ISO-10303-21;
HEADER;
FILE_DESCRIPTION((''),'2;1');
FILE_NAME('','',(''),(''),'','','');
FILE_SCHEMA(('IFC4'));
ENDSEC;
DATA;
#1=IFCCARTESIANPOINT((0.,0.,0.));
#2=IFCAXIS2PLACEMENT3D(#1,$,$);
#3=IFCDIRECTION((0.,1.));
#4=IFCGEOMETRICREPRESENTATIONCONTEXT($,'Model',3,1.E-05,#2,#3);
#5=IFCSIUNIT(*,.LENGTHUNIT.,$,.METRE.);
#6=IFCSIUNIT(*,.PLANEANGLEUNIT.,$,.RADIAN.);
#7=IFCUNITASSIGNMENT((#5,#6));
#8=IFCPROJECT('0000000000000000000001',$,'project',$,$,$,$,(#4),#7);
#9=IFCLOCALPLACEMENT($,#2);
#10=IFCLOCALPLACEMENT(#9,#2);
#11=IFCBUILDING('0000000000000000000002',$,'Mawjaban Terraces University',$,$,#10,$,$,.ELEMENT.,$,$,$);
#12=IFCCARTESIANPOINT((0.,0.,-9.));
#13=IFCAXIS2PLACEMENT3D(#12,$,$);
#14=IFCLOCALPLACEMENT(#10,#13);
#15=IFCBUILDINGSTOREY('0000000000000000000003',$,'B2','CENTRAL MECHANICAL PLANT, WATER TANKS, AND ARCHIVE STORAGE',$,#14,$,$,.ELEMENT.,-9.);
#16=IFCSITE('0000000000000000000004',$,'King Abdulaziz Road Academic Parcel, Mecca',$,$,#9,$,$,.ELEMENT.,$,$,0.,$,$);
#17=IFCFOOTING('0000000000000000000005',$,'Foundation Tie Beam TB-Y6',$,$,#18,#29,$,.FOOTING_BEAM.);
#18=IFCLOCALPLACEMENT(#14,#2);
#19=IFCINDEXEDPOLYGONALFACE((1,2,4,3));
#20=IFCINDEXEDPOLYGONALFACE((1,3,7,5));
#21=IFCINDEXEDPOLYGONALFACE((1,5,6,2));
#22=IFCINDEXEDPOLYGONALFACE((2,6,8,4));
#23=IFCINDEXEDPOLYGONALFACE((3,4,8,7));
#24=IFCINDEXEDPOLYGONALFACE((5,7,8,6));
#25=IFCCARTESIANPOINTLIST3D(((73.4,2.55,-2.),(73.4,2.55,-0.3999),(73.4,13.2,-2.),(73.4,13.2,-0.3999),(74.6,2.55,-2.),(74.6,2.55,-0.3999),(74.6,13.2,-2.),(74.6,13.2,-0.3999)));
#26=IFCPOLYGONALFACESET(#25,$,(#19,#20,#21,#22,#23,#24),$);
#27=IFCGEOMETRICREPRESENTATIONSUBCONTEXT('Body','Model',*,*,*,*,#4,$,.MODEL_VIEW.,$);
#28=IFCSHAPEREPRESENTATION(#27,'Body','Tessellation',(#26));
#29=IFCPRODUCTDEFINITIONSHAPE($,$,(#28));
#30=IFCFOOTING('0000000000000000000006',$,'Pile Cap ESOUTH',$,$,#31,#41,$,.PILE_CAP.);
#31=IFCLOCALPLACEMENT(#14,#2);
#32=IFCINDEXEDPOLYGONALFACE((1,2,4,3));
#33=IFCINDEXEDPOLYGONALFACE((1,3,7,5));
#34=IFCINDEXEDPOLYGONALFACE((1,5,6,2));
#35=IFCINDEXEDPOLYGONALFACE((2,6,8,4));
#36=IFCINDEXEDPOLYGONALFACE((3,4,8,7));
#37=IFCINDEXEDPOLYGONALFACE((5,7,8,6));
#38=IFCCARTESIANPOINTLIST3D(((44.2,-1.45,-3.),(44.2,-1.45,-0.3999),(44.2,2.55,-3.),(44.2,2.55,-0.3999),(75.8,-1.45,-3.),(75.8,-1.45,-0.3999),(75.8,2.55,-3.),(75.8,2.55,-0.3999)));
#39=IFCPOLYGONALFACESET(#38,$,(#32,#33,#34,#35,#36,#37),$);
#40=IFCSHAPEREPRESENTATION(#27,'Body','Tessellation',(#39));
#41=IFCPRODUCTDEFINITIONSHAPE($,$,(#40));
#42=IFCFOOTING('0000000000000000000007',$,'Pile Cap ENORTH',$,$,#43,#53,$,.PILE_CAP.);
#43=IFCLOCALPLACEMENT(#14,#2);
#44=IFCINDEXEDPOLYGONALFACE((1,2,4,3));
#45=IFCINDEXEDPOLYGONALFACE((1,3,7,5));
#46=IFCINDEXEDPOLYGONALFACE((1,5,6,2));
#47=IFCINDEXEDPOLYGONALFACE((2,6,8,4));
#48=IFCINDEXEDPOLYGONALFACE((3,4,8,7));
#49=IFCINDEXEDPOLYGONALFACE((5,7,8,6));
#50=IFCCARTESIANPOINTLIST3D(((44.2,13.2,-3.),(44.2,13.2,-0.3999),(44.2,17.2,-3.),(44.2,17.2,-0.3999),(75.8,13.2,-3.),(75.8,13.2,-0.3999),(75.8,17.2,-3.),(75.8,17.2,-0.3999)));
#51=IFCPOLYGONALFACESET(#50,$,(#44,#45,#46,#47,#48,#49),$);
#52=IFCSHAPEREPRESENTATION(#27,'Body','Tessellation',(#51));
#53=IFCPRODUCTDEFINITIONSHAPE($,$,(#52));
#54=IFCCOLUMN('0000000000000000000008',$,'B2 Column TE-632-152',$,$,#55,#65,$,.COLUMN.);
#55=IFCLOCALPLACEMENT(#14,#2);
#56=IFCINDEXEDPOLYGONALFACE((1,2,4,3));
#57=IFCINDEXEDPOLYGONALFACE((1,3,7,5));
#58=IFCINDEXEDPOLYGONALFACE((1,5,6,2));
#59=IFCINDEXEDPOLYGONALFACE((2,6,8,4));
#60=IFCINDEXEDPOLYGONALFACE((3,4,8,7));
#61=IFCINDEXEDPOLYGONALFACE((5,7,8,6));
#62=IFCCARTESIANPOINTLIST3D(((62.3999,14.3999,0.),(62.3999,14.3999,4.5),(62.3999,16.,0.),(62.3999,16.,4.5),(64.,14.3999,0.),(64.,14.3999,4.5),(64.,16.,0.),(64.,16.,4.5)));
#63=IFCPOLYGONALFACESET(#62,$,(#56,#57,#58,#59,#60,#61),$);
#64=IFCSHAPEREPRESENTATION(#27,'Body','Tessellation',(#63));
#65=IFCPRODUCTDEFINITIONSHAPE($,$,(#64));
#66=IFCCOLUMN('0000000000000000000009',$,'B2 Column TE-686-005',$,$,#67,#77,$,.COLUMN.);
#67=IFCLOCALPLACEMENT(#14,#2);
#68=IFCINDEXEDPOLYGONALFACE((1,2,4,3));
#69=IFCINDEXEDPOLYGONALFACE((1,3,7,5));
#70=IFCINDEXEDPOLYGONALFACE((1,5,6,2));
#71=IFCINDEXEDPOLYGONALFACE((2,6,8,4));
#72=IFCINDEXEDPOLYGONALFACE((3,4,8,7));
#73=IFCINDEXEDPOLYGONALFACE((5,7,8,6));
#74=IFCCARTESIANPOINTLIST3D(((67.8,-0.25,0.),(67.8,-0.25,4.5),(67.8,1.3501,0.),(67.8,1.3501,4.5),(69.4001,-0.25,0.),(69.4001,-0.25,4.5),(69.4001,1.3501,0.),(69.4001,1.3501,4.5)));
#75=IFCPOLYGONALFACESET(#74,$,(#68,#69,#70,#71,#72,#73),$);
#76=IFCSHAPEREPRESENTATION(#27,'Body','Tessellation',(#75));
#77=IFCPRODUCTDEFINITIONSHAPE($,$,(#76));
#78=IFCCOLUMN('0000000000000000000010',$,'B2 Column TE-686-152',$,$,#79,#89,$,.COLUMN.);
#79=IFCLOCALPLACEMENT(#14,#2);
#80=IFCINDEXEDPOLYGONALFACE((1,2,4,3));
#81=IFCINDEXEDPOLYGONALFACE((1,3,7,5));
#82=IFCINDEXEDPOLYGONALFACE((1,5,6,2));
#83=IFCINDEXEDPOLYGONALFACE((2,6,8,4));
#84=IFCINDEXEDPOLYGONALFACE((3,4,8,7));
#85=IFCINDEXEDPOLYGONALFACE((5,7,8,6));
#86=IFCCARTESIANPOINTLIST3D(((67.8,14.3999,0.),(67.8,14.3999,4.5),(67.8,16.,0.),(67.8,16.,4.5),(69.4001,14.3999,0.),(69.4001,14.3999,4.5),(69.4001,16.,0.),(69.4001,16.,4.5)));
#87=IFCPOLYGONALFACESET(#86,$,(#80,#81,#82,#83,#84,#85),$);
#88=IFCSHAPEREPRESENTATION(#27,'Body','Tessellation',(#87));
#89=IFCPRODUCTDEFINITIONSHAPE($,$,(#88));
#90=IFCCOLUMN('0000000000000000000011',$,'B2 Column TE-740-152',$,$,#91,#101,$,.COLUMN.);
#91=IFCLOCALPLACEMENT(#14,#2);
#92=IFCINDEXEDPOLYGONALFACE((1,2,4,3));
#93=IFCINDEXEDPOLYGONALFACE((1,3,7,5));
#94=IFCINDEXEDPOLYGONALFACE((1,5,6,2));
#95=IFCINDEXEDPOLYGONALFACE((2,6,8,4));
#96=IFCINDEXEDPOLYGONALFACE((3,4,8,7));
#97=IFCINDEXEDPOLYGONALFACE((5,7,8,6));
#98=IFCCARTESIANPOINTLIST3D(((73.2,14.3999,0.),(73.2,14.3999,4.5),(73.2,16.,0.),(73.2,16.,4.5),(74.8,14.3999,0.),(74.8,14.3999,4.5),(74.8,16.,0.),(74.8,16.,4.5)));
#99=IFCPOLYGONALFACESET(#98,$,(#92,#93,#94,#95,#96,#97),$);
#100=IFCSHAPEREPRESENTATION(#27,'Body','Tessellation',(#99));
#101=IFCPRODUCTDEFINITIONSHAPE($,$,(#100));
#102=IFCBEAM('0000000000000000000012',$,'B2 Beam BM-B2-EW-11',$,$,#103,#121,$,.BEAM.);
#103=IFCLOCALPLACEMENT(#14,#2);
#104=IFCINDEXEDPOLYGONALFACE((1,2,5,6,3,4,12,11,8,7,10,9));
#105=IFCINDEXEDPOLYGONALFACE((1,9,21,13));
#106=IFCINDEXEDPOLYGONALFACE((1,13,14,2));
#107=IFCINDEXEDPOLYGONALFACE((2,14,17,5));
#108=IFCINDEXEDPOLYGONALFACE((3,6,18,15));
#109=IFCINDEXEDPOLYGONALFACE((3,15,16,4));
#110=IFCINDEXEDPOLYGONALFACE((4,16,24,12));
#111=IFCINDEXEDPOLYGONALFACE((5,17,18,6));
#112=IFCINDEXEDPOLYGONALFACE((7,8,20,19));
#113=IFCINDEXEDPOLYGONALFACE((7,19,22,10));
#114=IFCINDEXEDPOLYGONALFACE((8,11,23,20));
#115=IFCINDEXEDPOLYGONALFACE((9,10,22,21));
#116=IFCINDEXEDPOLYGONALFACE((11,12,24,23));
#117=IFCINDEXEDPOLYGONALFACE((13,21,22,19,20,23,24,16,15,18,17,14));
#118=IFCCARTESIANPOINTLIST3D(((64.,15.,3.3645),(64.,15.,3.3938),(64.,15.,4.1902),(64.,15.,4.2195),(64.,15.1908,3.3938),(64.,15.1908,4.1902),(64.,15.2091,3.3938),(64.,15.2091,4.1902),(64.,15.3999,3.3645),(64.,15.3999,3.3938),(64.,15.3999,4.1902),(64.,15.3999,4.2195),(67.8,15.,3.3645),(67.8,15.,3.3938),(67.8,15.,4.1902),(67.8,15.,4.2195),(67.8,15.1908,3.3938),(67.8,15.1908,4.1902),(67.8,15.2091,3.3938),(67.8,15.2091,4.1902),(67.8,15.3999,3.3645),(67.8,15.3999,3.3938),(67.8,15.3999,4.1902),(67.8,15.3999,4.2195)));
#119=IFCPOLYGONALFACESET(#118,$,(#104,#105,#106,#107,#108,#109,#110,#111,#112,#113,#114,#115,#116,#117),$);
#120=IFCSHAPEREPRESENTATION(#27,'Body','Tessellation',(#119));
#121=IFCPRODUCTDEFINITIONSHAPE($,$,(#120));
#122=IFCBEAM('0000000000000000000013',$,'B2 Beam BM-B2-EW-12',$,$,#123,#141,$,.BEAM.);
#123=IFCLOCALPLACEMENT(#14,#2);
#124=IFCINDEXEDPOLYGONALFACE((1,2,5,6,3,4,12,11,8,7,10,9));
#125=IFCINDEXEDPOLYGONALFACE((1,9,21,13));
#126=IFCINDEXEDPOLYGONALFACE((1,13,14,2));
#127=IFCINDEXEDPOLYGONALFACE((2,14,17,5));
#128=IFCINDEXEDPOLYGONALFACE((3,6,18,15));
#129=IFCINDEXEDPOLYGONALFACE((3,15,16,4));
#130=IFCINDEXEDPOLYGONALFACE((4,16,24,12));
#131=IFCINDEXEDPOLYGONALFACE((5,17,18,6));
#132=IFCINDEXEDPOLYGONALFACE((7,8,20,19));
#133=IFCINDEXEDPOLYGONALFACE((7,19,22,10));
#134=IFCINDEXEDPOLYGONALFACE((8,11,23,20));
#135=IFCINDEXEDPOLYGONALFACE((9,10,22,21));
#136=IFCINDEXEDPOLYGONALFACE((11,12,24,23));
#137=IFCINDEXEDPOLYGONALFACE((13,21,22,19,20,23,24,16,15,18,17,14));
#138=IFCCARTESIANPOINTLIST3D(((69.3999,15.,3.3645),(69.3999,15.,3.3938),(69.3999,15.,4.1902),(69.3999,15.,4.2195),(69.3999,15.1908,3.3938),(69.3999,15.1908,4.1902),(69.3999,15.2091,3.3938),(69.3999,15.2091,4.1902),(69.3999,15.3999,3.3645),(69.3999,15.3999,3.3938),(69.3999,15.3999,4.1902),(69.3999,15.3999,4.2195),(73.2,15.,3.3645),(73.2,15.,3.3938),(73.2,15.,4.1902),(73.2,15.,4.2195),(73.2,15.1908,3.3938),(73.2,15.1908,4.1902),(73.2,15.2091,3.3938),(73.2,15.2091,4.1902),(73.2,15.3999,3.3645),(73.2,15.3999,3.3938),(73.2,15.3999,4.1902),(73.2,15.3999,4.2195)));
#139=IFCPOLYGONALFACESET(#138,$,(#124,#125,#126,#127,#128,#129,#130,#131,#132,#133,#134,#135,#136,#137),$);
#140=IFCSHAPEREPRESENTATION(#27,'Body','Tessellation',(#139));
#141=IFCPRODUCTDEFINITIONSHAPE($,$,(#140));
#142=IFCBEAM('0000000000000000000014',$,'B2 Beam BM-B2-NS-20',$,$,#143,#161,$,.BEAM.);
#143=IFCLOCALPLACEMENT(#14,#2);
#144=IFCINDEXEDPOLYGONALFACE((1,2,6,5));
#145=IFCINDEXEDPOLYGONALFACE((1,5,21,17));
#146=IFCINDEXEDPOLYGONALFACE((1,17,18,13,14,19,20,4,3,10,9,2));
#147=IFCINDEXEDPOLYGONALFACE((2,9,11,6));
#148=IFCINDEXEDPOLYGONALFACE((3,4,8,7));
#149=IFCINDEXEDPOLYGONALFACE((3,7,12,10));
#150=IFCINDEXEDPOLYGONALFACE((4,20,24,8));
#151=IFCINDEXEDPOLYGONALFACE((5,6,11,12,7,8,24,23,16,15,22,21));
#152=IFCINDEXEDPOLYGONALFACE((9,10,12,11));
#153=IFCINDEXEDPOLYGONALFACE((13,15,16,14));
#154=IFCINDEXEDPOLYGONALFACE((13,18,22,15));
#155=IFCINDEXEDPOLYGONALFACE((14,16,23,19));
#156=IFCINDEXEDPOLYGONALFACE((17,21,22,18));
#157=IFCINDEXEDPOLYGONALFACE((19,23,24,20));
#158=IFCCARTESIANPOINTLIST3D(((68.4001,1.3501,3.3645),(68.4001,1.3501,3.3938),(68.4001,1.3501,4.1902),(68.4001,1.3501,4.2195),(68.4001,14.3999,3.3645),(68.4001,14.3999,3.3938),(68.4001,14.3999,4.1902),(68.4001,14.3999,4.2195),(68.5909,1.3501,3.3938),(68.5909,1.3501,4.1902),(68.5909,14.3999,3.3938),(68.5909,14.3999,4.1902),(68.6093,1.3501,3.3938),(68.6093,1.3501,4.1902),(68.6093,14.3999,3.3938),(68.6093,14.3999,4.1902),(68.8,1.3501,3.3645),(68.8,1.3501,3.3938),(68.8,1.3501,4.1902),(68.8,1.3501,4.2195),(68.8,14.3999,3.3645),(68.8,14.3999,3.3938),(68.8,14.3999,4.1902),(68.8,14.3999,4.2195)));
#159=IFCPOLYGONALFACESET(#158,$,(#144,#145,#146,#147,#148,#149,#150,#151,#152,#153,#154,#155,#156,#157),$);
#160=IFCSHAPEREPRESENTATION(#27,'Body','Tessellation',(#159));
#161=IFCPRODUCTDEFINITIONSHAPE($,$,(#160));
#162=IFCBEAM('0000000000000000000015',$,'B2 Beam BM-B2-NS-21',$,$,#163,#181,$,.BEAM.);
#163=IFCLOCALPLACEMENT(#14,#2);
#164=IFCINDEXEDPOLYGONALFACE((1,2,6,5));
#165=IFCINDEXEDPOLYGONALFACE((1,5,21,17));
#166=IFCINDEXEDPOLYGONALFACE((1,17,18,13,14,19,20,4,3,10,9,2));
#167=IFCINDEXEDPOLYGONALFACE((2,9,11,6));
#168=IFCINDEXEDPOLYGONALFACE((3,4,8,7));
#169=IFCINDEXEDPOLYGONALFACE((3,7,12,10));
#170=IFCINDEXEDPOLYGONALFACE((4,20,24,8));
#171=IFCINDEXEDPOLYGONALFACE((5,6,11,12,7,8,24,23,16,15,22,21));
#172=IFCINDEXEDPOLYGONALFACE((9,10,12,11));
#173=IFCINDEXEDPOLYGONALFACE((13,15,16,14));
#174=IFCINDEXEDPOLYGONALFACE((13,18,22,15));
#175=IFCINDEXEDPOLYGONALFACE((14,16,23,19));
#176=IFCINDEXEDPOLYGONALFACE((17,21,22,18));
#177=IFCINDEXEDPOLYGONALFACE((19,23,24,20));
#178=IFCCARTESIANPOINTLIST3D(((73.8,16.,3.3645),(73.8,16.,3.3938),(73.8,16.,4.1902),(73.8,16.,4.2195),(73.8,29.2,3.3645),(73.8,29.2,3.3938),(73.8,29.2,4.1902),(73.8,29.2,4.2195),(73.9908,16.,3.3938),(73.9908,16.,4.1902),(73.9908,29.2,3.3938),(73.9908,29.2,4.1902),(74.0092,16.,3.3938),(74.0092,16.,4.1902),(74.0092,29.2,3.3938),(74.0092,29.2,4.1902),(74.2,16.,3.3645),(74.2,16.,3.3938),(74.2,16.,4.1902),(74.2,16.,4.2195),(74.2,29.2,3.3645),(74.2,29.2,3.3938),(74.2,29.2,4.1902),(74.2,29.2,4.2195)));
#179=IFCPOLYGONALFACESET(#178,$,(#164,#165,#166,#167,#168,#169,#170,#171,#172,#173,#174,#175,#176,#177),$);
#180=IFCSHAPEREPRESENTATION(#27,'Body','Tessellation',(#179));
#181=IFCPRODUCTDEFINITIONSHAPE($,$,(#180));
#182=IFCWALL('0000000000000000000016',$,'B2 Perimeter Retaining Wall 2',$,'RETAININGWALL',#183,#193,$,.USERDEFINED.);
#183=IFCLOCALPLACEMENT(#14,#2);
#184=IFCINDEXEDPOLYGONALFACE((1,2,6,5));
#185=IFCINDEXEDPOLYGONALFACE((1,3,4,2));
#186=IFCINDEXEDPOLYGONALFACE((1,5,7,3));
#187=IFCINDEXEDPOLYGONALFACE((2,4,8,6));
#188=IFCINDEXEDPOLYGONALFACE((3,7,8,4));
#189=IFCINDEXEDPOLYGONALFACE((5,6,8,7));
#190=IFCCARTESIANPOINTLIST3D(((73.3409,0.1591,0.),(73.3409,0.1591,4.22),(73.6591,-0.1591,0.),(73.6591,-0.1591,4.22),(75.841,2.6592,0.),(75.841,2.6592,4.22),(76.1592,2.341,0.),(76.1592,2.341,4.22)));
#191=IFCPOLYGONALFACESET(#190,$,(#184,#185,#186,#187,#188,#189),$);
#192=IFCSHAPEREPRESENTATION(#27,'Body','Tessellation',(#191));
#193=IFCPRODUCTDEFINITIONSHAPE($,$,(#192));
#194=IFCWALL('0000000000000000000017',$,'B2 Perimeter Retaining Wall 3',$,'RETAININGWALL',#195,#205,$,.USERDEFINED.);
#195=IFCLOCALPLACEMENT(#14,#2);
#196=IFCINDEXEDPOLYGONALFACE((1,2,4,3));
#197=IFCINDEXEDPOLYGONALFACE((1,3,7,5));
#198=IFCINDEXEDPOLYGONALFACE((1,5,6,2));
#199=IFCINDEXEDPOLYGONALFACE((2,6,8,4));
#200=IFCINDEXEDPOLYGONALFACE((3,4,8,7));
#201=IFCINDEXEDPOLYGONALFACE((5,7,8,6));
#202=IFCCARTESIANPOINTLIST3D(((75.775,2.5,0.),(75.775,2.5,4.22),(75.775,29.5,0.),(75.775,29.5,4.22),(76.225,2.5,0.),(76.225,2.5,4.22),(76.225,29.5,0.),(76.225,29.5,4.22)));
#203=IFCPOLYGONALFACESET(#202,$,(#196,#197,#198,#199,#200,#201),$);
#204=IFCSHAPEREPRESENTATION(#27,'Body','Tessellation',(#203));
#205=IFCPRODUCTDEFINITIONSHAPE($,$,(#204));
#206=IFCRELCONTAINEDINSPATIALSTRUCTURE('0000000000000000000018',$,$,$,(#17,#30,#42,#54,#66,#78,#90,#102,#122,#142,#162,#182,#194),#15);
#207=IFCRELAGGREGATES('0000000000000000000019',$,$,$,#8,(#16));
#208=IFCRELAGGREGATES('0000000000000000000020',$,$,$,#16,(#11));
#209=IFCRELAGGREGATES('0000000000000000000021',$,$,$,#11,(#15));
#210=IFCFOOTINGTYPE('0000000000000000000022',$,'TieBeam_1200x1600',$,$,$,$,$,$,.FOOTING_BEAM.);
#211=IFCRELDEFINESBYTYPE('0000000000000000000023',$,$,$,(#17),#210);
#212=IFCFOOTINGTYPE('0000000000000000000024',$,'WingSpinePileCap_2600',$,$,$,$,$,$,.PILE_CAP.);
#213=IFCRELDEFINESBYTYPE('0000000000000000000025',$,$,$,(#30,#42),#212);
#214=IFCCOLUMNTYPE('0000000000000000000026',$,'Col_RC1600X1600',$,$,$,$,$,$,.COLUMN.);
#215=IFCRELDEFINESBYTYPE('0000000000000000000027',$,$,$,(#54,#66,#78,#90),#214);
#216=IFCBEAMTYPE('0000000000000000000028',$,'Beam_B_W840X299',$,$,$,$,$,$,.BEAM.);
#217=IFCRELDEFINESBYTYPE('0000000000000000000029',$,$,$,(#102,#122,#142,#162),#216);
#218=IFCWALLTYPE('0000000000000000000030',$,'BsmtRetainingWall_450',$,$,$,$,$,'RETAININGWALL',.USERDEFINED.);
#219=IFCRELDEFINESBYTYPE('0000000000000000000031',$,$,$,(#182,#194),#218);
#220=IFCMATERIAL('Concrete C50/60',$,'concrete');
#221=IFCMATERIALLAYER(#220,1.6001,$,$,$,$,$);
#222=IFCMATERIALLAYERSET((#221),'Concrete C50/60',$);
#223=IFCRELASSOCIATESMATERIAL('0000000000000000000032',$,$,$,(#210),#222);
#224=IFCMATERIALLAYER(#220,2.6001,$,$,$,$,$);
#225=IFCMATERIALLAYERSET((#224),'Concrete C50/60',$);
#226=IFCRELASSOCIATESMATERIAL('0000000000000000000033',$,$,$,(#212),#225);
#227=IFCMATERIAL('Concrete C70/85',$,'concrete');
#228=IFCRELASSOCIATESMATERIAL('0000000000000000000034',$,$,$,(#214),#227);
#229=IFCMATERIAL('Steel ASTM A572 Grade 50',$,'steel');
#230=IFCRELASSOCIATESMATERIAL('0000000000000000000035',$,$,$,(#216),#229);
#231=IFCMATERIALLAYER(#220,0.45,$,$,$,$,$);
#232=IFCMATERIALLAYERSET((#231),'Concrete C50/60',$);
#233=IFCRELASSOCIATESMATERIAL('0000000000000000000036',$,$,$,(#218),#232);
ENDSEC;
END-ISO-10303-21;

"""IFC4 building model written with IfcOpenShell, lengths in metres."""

from ifc_helpers import new_model, si_unit, direction, frame, frame_2d, origin, origin_2d, place, context, subcontext, project, spatial, rectangle, i_section, extrude, material, layer, layer_set, material_profile, profile_set, type_object, element, save


model = new_model("IFC4")

# Units and contexts
model_context = context("Model", 3, precision=1e-05, world=origin(), true_north=direction((0.0, 1.0)))
body_context = subcontext(model_context, "Body", "Model", "MODEL_VIEW")
ifc_project = project(units=[si_unit("LENGTHUNIT", "METRE"), si_unit("PLANEANGLEUNIT", "RADIAN")], contexts=[model_context])

# Site, building, storey
site_placement = place(None, origin())
site = spatial("IfcSite", under=ifc_project, at=site_placement, Name="King Abdulaziz Road Academic Parcel, Mecca", CompositionType="ELEMENT", RefElevation=0.0)
building_placement = place(site_placement, origin())
building = spatial("IfcBuilding", under=site, at=building_placement, Name="Mawjaban Terraces University", CompositionType="ELEMENT")
storey_placement = place(building_placement, frame((0.0, 0.0, -9.0)))
storey = spatial("IfcBuildingStorey", under=building, at=storey_placement, Name="B2", Description="CENTRAL MECHANICAL PLANT, WATER TANKS, AND ARCHIVE STORAGE", CompositionType="ELEMENT", Elevation=-9.0)

# Shared definitions
ifc_material_1 = material(Name="Concrete C50/60", Category="concrete")

# Footings
ifc_layer_1 = layer(ifc_material_1, 1.6001)
ifc_layer_set_1 = layer_set([ifc_layer_1], Name="Concrete C50/60")
footing_type_1 = type_object("IfcFootingType", Name="TieBeam_1200x1600", PredefinedType="FOOTING_BEAM", material=ifc_layer_set_1)
footing_placement = place(storey_placement, frame((74.0, 7.875, -2.0), z_axis=(0.0, 0.0, 1.0), x_axis=(1.0, 0.0, 0.0)))
element("IfcFooting", 1, at=footing_placement, inside=storey, type_object=footing_type_1, Name="Foundation Tie Beam TB-Y6", PredefinedType="FOOTING_BEAM", context=body_context, shape_type="SweptSolid", body=[
    extrude(rectangle(XDim=1.2, YDim=10.6499, at=origin_2d()), origin(), (0.0, 0.0, 1.0), 1.6001),
])
ifc_layer_2 = layer(ifc_material_1, 2.6001)
ifc_layer_set_2 = layer_set([ifc_layer_2], Name="Concrete C50/60")
footing_type_2 = type_object("IfcFootingType", Name="WingSpinePileCap_2600", PredefinedType="PILE_CAP", material=ifc_layer_set_2)
for number, where, z_axis, x_axis, name in (
    (2, (60.0, 0.55, -3.0), (0.0, 0.0, 1.0), (1.0, 0.0, 0.0), "Pile Cap ESOUTH"),
    (3, (60.0, 15.2, -3.0), (0.0, 0.0, 1.0), (1.0, 0.0, 0.0), "Pile Cap ENORTH"),
):
    element("IfcFooting", number, at=place(storey_placement, frame(where, z_axis=z_axis, x_axis=x_axis)), inside=storey, type_object=footing_type_2, Name=name, PredefinedType="PILE_CAP", context=body_context, shape_type="SweptSolid", body=[
        extrude(rectangle(XDim=31.6001, YDim=4.0, at=origin_2d()), origin(), (0.0, 0.0, 1.0), 2.6001),
    ])

# Columns
ifc_material_2 = material(Name="Concrete C70/85", Category="concrete")
ifc_material_profile_1 = material_profile(ifc_material_2, rectangle(XDim=1.6001, YDim=1.6001, at=origin_2d()), Name="RC1600X1600")
ifc_profile_set_1 = profile_set([ifc_material_profile_1], Name="Concrete C70/85")
column_type = type_object("IfcColumnType", Name="Col_RC1600X1600", PredefinedType="COLUMN", material=ifc_profile_set_1)
for number, where, z_axis, x_axis, name in (
    (4, (63.2, 15.2, 0.0), (0.0, 0.0, 1.0), (1.0, 0.0, 0.0), "B2 Column TE-632-152"),
    (5, (68.6001, 0.55, 0.0), (0.0, 0.0, 1.0), (1.0, 0.0, 0.0), "B2 Column TE-686-005"),
    (6, (68.6001, 15.2, 0.0), (0.0, 0.0, 1.0), (1.0, 0.0, 0.0), "B2 Column TE-686-152"),
    (7, (74.0, 15.2, 0.0), (0.0, 0.0, 1.0), (1.0, 0.0, 0.0), "B2 Column TE-740-152"),
):
    element("IfcColumn", number, at=place(storey_placement, frame(where, z_axis=z_axis, x_axis=x_axis)), inside=storey, type_object=column_type, Name=name, PredefinedType="COLUMN", context=body_context, shape_type="SweptSolid", body=[
        extrude(rectangle(XDim=1.6001, YDim=1.6001, at=origin_2d()), origin(), (0.0, 0.0, 1.0), 4.5),
    ])

# Beams
ifc_material_3 = material(Name="Steel ASTM A572 Grade 50", Category="steel")
ifc_material_profile_2 = material_profile(ifc_material_3, i_section(OverallWidth=0.3999, OverallDepth=0.855, WebThickness=0.0183, FlangeThickness=0.0293, at=origin_2d()), Name="W840X299")
ifc_profile_set_2 = profile_set([ifc_material_profile_2], Name="Steel ASTM A572 Grade 50")
beam_type = type_object("IfcBeamType", Name="Beam_B_W840X299", PredefinedType="BEAM", material=ifc_profile_set_2)
for number, where, z_axis, x_axis, name in (
    (8, (64.0, 15.2, 3.792), (1.0, 0.0, 0.0), (0.0, 1.0, 0.0), "B2 Beam BM-B2-EW-11"),
    (9, (69.3999, 15.2, 3.792), (1.0, 0.0, 0.0), (0.0, 1.0, 0.0), "B2 Beam BM-B2-EW-12"),
):
    element("IfcBeam", number, at=place(storey_placement, frame(where, z_axis=z_axis, x_axis=x_axis)), inside=storey, type_object=beam_type, Name=name, PredefinedType="BEAM", context=body_context, shape_type="SweptSolid", body=[
        extrude(i_section(OverallWidth=0.3999, OverallDepth=0.855, WebThickness=0.0183, FlangeThickness=0.0293, at=origin_2d()), origin(), (0.0, 0.0, 1.0), 3.8),
    ])
beam_1_placement = place(storey_placement, frame((68.6001, 1.3501, 3.792), z_axis=(0.0, 1.0, 0.0), x_axis=(-1.0, 0.0, 0.0)))
element("IfcBeam", 10, at=beam_1_placement, inside=storey, type_object=beam_type, Name="B2 Beam BM-B2-NS-20", PredefinedType="BEAM", context=body_context, shape_type="SweptSolid", body=[
    extrude(i_section(OverallWidth=0.3999, OverallDepth=0.855, WebThickness=0.0183, FlangeThickness=0.0293, at=origin_2d()), origin(), (0.0, 0.0, 1.0), 13.0498),
])
beam_2_placement = place(storey_placement, frame((74.0, 16.0, 3.792), z_axis=(0.0, 1.0, 0.0), x_axis=(-1.0, 0.0, 0.0)))
element("IfcBeam", 11, at=beam_2_placement, inside=storey, type_object=beam_type, Name="B2 Beam BM-B2-NS-21", PredefinedType="BEAM", context=body_context, shape_type="SweptSolid", body=[
    extrude(i_section(OverallWidth=0.3999, OverallDepth=0.855, WebThickness=0.0183, FlangeThickness=0.0293, at=origin_2d()), origin(), (0.0, 0.0, 1.0), 13.2),
])

# Walls
ifc_layer_3 = layer(ifc_material_1, 0.45)
ifc_layer_set_3 = layer_set([ifc_layer_3], Name="Concrete C50/60")
wall_type_1 = type_object("IfcWallType", Name="BsmtRetainingWall_450", ElementType="RETAININGWALL", PredefinedType="USERDEFINED", material=ifc_layer_set_3)
wall_1_placement = place(storey_placement, frame((73.5, 0.0, 0.0), z_axis=(0.0, 0.0, 1.0), x_axis=(0.707107, 0.707107, 0.0)))
element("IfcWall", 12, at=wall_1_placement, inside=storey, type_object=wall_type_1, Name="B2 Perimeter Retaining Wall 2", ObjectType="RETAININGWALL", PredefinedType="USERDEFINED", context=body_context, shape_type="SweptSolid", body=[
    extrude(rectangle(XDim=3.5356, YDim=0.45, at=frame_2d((1.7678, 0.0))), origin(), (0.0, 0.0, 1.0), 4.22),
])
wall_2_placement = place(storey_placement, frame((76.0, 2.5, 0.0), z_axis=(0.0, 0.0, 1.0), x_axis=(0.0, 1.0, 0.0)))
element("IfcWall", 13, at=wall_2_placement, inside=storey, type_object=wall_type_1, Name="B2 Perimeter Retaining Wall 3", ObjectType="RETAININGWALL", PredefinedType="USERDEFINED", context=body_context, shape_type="SweptSolid", body=[
    extrude(rectangle(XDim=27.0, YDim=0.45, at=frame_2d((13.5, 0.0))), origin(), (0.0, 0.0, 1.0), 4.22),
])

save(model, "model.ifc")
